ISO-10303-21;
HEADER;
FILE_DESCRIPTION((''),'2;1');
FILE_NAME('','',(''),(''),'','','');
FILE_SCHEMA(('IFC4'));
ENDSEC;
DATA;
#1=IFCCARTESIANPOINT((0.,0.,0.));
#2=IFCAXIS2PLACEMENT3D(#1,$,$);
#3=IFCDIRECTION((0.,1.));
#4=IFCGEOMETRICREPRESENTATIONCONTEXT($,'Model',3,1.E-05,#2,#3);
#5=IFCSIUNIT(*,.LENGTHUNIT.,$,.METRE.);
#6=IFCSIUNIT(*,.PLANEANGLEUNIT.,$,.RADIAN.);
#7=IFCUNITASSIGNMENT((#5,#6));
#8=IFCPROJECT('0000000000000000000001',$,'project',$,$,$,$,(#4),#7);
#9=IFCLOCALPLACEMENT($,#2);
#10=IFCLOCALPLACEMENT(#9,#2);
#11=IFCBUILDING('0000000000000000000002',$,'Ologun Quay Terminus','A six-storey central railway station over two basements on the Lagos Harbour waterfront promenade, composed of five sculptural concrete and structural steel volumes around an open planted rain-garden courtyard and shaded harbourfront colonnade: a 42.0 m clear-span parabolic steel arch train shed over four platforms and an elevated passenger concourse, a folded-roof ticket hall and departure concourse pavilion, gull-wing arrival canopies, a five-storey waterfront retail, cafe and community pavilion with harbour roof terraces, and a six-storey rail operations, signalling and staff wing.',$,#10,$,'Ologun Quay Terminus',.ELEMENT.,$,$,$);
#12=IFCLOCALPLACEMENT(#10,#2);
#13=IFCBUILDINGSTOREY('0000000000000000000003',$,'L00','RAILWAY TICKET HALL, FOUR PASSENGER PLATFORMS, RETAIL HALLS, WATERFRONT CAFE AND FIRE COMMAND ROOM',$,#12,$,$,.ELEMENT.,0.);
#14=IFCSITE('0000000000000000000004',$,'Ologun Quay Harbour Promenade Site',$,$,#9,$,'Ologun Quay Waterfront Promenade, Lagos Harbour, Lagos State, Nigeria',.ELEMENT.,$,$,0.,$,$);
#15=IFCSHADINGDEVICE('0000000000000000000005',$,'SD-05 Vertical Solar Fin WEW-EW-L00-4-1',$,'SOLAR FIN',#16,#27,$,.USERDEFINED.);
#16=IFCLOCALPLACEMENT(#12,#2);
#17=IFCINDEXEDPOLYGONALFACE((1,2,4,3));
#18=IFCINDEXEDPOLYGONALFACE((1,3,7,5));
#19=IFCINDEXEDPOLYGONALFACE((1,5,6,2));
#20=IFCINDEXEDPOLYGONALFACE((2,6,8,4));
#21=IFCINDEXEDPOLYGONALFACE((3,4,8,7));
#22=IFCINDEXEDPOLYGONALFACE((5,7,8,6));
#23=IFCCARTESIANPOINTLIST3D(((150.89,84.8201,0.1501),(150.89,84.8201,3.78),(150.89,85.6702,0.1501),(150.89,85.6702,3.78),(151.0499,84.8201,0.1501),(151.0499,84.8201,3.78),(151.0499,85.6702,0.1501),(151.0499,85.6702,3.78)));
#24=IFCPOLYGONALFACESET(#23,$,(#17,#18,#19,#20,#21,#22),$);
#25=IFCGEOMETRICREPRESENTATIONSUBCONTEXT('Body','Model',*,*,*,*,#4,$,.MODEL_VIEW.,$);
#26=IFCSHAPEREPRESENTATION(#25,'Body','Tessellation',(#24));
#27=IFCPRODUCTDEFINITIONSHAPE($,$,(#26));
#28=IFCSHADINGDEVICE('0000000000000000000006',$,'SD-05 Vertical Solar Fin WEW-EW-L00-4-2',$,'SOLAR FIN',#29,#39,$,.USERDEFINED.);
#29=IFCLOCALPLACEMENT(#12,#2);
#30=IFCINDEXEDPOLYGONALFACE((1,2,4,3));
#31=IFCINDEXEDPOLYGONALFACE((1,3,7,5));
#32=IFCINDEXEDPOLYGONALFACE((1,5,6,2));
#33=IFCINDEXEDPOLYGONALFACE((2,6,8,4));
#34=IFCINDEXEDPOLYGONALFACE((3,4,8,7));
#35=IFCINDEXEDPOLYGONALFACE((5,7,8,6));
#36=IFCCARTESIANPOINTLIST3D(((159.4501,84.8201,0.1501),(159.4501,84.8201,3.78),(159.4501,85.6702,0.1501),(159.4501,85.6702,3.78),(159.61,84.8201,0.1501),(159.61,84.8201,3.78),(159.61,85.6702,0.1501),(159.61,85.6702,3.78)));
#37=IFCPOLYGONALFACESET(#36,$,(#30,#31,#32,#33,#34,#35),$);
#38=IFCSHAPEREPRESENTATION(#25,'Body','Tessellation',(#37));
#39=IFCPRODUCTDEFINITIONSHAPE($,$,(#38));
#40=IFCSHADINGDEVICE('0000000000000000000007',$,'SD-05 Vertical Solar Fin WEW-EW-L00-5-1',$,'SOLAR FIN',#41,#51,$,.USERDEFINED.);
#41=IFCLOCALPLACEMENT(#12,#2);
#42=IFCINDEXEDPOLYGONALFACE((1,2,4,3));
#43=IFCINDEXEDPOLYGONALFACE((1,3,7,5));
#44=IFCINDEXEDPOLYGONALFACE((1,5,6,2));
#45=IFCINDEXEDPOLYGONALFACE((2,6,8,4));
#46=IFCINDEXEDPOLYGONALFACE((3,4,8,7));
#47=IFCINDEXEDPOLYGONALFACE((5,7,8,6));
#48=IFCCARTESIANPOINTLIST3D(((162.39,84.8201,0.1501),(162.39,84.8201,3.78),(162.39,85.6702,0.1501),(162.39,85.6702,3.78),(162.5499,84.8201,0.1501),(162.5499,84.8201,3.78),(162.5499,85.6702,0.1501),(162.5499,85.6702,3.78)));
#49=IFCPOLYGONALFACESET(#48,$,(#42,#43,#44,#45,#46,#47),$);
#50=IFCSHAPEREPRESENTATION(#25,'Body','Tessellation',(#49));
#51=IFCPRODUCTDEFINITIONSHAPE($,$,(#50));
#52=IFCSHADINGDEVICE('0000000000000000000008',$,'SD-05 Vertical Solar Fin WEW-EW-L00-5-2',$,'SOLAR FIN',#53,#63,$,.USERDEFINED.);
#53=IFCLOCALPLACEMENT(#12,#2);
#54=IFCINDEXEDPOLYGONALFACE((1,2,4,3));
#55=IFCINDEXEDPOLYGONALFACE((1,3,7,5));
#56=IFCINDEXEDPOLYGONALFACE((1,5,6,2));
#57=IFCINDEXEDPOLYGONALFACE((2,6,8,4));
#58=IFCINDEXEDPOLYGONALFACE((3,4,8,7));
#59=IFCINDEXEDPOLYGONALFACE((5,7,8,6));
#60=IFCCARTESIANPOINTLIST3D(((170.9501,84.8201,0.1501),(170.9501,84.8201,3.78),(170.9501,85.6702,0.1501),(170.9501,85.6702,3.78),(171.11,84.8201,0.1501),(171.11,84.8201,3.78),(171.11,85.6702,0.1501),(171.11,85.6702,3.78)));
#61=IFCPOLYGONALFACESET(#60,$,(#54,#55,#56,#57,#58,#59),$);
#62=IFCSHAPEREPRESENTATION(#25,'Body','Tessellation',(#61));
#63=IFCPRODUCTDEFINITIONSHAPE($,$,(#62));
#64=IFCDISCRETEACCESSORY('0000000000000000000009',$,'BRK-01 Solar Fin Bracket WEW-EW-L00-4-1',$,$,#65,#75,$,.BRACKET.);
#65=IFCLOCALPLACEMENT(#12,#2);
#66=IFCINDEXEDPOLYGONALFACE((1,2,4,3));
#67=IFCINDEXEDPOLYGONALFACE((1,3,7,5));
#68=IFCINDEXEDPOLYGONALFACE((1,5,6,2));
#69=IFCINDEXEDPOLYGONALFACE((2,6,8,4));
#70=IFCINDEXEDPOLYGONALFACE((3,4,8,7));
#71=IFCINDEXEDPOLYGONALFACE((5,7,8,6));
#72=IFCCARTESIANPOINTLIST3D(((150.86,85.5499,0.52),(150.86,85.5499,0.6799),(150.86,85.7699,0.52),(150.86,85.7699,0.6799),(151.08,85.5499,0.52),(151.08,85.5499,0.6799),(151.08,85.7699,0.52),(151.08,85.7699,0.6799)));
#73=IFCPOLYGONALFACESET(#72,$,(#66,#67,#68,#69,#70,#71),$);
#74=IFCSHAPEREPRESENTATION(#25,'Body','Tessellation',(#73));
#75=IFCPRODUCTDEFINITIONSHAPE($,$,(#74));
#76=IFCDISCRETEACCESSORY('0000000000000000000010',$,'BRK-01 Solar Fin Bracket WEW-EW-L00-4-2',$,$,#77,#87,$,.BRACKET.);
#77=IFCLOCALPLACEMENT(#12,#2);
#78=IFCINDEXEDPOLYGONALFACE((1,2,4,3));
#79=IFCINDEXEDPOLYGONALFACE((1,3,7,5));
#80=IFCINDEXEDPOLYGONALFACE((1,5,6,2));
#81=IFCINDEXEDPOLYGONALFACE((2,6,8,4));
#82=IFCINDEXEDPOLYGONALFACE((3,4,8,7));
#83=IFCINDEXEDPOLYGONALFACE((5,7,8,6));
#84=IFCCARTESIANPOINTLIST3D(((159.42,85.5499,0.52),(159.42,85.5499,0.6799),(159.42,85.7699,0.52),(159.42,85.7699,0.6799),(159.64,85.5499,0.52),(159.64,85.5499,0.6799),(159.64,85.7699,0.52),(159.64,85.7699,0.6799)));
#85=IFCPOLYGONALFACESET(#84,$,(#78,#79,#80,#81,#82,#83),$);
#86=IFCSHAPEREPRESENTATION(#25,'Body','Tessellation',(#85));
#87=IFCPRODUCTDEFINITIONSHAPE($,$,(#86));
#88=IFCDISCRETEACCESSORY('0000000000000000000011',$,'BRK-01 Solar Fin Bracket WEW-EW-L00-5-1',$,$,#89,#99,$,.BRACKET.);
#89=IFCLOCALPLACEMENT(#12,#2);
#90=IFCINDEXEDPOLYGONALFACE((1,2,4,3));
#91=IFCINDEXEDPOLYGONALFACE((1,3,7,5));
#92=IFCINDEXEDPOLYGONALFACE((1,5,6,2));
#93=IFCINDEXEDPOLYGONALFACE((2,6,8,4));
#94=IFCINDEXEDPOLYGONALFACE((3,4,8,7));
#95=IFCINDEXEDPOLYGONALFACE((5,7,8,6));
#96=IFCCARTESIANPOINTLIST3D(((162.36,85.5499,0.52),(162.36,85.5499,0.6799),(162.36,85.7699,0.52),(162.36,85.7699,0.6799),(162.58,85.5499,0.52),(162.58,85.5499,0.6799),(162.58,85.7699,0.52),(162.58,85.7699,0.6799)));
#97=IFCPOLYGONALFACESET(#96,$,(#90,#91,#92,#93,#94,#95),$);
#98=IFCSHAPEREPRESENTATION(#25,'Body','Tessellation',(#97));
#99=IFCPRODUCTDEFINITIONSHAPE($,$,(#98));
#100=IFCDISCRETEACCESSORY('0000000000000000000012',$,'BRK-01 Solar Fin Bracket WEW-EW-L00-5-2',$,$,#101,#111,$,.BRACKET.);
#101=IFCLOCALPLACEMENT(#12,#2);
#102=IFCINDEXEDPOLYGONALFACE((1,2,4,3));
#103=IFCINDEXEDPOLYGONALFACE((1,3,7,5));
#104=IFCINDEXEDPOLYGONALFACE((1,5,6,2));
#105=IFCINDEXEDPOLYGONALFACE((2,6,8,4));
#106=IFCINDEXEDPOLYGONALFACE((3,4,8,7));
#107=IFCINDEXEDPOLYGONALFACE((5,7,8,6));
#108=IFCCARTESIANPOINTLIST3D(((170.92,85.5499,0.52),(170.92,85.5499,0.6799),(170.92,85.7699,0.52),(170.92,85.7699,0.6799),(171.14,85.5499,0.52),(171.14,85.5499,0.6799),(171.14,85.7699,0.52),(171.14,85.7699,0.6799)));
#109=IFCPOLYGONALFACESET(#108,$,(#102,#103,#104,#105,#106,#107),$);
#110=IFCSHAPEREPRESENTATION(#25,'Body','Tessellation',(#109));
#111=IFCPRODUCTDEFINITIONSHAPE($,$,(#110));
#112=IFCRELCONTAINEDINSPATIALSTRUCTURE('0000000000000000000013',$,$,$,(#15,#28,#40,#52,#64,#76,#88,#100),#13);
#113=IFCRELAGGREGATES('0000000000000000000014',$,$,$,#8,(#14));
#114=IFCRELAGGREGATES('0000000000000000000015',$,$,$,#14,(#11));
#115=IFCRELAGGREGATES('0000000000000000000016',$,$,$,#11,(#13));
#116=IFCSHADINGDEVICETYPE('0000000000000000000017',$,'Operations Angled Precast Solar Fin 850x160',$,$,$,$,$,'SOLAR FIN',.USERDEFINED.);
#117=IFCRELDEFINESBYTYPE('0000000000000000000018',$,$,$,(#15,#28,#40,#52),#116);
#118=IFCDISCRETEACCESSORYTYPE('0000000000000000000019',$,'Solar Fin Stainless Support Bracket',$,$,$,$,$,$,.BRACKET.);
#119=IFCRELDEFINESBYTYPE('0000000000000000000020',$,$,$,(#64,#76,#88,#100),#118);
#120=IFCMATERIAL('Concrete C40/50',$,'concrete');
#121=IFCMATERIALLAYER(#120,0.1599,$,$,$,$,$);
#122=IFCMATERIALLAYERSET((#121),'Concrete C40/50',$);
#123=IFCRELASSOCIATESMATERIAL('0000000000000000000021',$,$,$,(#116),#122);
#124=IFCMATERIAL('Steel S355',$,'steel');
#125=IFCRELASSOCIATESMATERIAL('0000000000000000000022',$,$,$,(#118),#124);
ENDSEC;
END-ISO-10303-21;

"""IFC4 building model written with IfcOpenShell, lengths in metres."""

from ifc_helpers import new_model, si_unit, direction, frame, origin, origin_2d, place, context, subcontext, project, spatial, rectangle, extrude, material, layer, layer_set, type_object, element, save


model = new_model("IFC4")

# Units and contexts
model_context = context("Model", 3, precision=1e-05, world=origin(), true_north=direction((0.0, 1.0)))
body_context = subcontext(model_context, "Body", "Model", "MODEL_VIEW")
ifc_project = project(units=[si_unit("LENGTHUNIT", "METRE"), si_unit("PLANEANGLEUNIT", "RADIAN")], contexts=[model_context])

# Site, building, storey
site_placement = place(None, origin())
site = spatial("IfcSite", under=ifc_project, at=site_placement, Name="Ologun Quay Harbour Promenade Site", LongName="Ologun Quay Waterfront Promenade, Lagos Harbour, Lagos State, Nigeria", CompositionType="ELEMENT", RefElevation=0.0)
building_placement = place(site_placement, origin())
building = spatial("IfcBuilding", under=site, at=building_placement, Name="Ologun Quay Terminus", Description="A six-storey central railway station over two basements on the Lagos Harbour waterfront promenade, composed of five sculptural concrete and structural steel volumes around an open planted rain-garden courtyard and shaded harbourfront colonnade: a 42.0 m clear-span parabolic steel arch train shed over four platforms and an elevated passenger concourse, a folded-roof ticket hall and departure concourse pavilion, gull-wing arrival canopies, a five-storey waterfront retail, cafe and community pavilion with harbour roof terraces, and a six-storey rail operations, signalling and staff wing.", LongName="Ologun Quay Terminus", CompositionType="ELEMENT")
storey_placement = place(building_placement, origin())
storey = spatial("IfcBuildingStorey", under=building, at=storey_placement, Name="L00", Description="RAILWAY TICKET HALL, FOUR PASSENGER PLATFORMS, RETAIL HALLS, WATERFRONT CAFE AND FIRE COMMAND ROOM", CompositionType="ELEMENT", Elevation=0.0)

# Shading devices
ifc_material_1 = material(Name="Concrete C40/50", Category="concrete")
ifc_layer_1 = layer(ifc_material_1, 0.1599)
ifc_layer_set_1 = layer_set([ifc_layer_1], Name="Concrete C40/50")
shading_device_type_1 = type_object("IfcShadingDeviceType", Name="Operations Angled Precast Solar Fin 850x160", ElementType="SOLAR FIN", PredefinedType="USERDEFINED", material=ifc_layer_set_1)
for number, where, z_axis, x_axis, name in (
    (1, (150.97, 85.2451, 0.1501), (0.0, 0.0, 1.0), (1.0, 0.0, 0.0), "SD-05 Vertical Solar Fin WEW-EW-L00-4-1"),
    (2, (159.53, 85.2451, 0.1501), (0.0, 0.0, 1.0), (1.0, 0.0, 0.0), "SD-05 Vertical Solar Fin WEW-EW-L00-4-2"),
    (3, (162.47, 85.2451, 0.1501), (0.0, 0.0, 1.0), (1.0, 0.0, 0.0), "SD-05 Vertical Solar Fin WEW-EW-L00-5-1"),
    (4, (171.03, 85.2451, 0.1501), (0.0, 0.0, 1.0), (1.0, 0.0, 0.0), "SD-05 Vertical Solar Fin WEW-EW-L00-5-2"),
):
    element("IfcShadingDevice", number, at=place(storey_placement, frame(where, z_axis=z_axis, x_axis=x_axis)), inside=storey, type_object=shading_device_type_1, Name=name, ObjectType="SOLAR FIN", PredefinedType="USERDEFINED", context=body_context, shape_type="SweptSolid", body=[
        extrude(rectangle(XDim=0.1599, YDim=0.8501, at=origin_2d()), origin(), (0.0, 0.0, 1.0), 3.6299),
    ])

# Discrete accessories
ifc_material_2 = material(Name="Steel S355", Category="steel")
discrete_accessory_type = type_object("IfcDiscreteAccessoryType", Name="Solar Fin Stainless Support Bracket", PredefinedType="BRACKET", material=ifc_material_2)
for number, where, z_axis, x_axis, name in (
    (5, (150.97, 85.6599, 0.52), (0.0, 0.0, 1.0), (1.0, 0.0, 0.0), "BRK-01 Solar Fin Bracket WEW-EW-L00-4-1"),
    (6, (159.53, 85.6599, 0.52), (0.0, 0.0, 1.0), (1.0, 0.0, 0.0), "BRK-01 Solar Fin Bracket WEW-EW-L00-4-2"),
    (7, (162.47, 85.6599, 0.52), (0.0, 0.0, 1.0), (1.0, 0.0, 0.0), "BRK-01 Solar Fin Bracket WEW-EW-L00-5-1"),
    (8, (171.03, 85.6599, 0.52), (0.0, 0.0, 1.0), (1.0, 0.0, 0.0), "BRK-01 Solar Fin Bracket WEW-EW-L00-5-2"),
):
    element("IfcDiscreteAccessory", number, at=place(storey_placement, frame(where, z_axis=z_axis, x_axis=x_axis)), inside=storey, type_object=discrete_accessory_type, Name=name, PredefinedType="BRACKET", context=body_context, shape_type="SweptSolid", body=[
        extrude(rectangle(XDim=0.22, YDim=0.22, at=origin_2d()), origin(), (0.0, 0.0, 1.0), 0.1599),
    ])

save(model, "model.ifc")
